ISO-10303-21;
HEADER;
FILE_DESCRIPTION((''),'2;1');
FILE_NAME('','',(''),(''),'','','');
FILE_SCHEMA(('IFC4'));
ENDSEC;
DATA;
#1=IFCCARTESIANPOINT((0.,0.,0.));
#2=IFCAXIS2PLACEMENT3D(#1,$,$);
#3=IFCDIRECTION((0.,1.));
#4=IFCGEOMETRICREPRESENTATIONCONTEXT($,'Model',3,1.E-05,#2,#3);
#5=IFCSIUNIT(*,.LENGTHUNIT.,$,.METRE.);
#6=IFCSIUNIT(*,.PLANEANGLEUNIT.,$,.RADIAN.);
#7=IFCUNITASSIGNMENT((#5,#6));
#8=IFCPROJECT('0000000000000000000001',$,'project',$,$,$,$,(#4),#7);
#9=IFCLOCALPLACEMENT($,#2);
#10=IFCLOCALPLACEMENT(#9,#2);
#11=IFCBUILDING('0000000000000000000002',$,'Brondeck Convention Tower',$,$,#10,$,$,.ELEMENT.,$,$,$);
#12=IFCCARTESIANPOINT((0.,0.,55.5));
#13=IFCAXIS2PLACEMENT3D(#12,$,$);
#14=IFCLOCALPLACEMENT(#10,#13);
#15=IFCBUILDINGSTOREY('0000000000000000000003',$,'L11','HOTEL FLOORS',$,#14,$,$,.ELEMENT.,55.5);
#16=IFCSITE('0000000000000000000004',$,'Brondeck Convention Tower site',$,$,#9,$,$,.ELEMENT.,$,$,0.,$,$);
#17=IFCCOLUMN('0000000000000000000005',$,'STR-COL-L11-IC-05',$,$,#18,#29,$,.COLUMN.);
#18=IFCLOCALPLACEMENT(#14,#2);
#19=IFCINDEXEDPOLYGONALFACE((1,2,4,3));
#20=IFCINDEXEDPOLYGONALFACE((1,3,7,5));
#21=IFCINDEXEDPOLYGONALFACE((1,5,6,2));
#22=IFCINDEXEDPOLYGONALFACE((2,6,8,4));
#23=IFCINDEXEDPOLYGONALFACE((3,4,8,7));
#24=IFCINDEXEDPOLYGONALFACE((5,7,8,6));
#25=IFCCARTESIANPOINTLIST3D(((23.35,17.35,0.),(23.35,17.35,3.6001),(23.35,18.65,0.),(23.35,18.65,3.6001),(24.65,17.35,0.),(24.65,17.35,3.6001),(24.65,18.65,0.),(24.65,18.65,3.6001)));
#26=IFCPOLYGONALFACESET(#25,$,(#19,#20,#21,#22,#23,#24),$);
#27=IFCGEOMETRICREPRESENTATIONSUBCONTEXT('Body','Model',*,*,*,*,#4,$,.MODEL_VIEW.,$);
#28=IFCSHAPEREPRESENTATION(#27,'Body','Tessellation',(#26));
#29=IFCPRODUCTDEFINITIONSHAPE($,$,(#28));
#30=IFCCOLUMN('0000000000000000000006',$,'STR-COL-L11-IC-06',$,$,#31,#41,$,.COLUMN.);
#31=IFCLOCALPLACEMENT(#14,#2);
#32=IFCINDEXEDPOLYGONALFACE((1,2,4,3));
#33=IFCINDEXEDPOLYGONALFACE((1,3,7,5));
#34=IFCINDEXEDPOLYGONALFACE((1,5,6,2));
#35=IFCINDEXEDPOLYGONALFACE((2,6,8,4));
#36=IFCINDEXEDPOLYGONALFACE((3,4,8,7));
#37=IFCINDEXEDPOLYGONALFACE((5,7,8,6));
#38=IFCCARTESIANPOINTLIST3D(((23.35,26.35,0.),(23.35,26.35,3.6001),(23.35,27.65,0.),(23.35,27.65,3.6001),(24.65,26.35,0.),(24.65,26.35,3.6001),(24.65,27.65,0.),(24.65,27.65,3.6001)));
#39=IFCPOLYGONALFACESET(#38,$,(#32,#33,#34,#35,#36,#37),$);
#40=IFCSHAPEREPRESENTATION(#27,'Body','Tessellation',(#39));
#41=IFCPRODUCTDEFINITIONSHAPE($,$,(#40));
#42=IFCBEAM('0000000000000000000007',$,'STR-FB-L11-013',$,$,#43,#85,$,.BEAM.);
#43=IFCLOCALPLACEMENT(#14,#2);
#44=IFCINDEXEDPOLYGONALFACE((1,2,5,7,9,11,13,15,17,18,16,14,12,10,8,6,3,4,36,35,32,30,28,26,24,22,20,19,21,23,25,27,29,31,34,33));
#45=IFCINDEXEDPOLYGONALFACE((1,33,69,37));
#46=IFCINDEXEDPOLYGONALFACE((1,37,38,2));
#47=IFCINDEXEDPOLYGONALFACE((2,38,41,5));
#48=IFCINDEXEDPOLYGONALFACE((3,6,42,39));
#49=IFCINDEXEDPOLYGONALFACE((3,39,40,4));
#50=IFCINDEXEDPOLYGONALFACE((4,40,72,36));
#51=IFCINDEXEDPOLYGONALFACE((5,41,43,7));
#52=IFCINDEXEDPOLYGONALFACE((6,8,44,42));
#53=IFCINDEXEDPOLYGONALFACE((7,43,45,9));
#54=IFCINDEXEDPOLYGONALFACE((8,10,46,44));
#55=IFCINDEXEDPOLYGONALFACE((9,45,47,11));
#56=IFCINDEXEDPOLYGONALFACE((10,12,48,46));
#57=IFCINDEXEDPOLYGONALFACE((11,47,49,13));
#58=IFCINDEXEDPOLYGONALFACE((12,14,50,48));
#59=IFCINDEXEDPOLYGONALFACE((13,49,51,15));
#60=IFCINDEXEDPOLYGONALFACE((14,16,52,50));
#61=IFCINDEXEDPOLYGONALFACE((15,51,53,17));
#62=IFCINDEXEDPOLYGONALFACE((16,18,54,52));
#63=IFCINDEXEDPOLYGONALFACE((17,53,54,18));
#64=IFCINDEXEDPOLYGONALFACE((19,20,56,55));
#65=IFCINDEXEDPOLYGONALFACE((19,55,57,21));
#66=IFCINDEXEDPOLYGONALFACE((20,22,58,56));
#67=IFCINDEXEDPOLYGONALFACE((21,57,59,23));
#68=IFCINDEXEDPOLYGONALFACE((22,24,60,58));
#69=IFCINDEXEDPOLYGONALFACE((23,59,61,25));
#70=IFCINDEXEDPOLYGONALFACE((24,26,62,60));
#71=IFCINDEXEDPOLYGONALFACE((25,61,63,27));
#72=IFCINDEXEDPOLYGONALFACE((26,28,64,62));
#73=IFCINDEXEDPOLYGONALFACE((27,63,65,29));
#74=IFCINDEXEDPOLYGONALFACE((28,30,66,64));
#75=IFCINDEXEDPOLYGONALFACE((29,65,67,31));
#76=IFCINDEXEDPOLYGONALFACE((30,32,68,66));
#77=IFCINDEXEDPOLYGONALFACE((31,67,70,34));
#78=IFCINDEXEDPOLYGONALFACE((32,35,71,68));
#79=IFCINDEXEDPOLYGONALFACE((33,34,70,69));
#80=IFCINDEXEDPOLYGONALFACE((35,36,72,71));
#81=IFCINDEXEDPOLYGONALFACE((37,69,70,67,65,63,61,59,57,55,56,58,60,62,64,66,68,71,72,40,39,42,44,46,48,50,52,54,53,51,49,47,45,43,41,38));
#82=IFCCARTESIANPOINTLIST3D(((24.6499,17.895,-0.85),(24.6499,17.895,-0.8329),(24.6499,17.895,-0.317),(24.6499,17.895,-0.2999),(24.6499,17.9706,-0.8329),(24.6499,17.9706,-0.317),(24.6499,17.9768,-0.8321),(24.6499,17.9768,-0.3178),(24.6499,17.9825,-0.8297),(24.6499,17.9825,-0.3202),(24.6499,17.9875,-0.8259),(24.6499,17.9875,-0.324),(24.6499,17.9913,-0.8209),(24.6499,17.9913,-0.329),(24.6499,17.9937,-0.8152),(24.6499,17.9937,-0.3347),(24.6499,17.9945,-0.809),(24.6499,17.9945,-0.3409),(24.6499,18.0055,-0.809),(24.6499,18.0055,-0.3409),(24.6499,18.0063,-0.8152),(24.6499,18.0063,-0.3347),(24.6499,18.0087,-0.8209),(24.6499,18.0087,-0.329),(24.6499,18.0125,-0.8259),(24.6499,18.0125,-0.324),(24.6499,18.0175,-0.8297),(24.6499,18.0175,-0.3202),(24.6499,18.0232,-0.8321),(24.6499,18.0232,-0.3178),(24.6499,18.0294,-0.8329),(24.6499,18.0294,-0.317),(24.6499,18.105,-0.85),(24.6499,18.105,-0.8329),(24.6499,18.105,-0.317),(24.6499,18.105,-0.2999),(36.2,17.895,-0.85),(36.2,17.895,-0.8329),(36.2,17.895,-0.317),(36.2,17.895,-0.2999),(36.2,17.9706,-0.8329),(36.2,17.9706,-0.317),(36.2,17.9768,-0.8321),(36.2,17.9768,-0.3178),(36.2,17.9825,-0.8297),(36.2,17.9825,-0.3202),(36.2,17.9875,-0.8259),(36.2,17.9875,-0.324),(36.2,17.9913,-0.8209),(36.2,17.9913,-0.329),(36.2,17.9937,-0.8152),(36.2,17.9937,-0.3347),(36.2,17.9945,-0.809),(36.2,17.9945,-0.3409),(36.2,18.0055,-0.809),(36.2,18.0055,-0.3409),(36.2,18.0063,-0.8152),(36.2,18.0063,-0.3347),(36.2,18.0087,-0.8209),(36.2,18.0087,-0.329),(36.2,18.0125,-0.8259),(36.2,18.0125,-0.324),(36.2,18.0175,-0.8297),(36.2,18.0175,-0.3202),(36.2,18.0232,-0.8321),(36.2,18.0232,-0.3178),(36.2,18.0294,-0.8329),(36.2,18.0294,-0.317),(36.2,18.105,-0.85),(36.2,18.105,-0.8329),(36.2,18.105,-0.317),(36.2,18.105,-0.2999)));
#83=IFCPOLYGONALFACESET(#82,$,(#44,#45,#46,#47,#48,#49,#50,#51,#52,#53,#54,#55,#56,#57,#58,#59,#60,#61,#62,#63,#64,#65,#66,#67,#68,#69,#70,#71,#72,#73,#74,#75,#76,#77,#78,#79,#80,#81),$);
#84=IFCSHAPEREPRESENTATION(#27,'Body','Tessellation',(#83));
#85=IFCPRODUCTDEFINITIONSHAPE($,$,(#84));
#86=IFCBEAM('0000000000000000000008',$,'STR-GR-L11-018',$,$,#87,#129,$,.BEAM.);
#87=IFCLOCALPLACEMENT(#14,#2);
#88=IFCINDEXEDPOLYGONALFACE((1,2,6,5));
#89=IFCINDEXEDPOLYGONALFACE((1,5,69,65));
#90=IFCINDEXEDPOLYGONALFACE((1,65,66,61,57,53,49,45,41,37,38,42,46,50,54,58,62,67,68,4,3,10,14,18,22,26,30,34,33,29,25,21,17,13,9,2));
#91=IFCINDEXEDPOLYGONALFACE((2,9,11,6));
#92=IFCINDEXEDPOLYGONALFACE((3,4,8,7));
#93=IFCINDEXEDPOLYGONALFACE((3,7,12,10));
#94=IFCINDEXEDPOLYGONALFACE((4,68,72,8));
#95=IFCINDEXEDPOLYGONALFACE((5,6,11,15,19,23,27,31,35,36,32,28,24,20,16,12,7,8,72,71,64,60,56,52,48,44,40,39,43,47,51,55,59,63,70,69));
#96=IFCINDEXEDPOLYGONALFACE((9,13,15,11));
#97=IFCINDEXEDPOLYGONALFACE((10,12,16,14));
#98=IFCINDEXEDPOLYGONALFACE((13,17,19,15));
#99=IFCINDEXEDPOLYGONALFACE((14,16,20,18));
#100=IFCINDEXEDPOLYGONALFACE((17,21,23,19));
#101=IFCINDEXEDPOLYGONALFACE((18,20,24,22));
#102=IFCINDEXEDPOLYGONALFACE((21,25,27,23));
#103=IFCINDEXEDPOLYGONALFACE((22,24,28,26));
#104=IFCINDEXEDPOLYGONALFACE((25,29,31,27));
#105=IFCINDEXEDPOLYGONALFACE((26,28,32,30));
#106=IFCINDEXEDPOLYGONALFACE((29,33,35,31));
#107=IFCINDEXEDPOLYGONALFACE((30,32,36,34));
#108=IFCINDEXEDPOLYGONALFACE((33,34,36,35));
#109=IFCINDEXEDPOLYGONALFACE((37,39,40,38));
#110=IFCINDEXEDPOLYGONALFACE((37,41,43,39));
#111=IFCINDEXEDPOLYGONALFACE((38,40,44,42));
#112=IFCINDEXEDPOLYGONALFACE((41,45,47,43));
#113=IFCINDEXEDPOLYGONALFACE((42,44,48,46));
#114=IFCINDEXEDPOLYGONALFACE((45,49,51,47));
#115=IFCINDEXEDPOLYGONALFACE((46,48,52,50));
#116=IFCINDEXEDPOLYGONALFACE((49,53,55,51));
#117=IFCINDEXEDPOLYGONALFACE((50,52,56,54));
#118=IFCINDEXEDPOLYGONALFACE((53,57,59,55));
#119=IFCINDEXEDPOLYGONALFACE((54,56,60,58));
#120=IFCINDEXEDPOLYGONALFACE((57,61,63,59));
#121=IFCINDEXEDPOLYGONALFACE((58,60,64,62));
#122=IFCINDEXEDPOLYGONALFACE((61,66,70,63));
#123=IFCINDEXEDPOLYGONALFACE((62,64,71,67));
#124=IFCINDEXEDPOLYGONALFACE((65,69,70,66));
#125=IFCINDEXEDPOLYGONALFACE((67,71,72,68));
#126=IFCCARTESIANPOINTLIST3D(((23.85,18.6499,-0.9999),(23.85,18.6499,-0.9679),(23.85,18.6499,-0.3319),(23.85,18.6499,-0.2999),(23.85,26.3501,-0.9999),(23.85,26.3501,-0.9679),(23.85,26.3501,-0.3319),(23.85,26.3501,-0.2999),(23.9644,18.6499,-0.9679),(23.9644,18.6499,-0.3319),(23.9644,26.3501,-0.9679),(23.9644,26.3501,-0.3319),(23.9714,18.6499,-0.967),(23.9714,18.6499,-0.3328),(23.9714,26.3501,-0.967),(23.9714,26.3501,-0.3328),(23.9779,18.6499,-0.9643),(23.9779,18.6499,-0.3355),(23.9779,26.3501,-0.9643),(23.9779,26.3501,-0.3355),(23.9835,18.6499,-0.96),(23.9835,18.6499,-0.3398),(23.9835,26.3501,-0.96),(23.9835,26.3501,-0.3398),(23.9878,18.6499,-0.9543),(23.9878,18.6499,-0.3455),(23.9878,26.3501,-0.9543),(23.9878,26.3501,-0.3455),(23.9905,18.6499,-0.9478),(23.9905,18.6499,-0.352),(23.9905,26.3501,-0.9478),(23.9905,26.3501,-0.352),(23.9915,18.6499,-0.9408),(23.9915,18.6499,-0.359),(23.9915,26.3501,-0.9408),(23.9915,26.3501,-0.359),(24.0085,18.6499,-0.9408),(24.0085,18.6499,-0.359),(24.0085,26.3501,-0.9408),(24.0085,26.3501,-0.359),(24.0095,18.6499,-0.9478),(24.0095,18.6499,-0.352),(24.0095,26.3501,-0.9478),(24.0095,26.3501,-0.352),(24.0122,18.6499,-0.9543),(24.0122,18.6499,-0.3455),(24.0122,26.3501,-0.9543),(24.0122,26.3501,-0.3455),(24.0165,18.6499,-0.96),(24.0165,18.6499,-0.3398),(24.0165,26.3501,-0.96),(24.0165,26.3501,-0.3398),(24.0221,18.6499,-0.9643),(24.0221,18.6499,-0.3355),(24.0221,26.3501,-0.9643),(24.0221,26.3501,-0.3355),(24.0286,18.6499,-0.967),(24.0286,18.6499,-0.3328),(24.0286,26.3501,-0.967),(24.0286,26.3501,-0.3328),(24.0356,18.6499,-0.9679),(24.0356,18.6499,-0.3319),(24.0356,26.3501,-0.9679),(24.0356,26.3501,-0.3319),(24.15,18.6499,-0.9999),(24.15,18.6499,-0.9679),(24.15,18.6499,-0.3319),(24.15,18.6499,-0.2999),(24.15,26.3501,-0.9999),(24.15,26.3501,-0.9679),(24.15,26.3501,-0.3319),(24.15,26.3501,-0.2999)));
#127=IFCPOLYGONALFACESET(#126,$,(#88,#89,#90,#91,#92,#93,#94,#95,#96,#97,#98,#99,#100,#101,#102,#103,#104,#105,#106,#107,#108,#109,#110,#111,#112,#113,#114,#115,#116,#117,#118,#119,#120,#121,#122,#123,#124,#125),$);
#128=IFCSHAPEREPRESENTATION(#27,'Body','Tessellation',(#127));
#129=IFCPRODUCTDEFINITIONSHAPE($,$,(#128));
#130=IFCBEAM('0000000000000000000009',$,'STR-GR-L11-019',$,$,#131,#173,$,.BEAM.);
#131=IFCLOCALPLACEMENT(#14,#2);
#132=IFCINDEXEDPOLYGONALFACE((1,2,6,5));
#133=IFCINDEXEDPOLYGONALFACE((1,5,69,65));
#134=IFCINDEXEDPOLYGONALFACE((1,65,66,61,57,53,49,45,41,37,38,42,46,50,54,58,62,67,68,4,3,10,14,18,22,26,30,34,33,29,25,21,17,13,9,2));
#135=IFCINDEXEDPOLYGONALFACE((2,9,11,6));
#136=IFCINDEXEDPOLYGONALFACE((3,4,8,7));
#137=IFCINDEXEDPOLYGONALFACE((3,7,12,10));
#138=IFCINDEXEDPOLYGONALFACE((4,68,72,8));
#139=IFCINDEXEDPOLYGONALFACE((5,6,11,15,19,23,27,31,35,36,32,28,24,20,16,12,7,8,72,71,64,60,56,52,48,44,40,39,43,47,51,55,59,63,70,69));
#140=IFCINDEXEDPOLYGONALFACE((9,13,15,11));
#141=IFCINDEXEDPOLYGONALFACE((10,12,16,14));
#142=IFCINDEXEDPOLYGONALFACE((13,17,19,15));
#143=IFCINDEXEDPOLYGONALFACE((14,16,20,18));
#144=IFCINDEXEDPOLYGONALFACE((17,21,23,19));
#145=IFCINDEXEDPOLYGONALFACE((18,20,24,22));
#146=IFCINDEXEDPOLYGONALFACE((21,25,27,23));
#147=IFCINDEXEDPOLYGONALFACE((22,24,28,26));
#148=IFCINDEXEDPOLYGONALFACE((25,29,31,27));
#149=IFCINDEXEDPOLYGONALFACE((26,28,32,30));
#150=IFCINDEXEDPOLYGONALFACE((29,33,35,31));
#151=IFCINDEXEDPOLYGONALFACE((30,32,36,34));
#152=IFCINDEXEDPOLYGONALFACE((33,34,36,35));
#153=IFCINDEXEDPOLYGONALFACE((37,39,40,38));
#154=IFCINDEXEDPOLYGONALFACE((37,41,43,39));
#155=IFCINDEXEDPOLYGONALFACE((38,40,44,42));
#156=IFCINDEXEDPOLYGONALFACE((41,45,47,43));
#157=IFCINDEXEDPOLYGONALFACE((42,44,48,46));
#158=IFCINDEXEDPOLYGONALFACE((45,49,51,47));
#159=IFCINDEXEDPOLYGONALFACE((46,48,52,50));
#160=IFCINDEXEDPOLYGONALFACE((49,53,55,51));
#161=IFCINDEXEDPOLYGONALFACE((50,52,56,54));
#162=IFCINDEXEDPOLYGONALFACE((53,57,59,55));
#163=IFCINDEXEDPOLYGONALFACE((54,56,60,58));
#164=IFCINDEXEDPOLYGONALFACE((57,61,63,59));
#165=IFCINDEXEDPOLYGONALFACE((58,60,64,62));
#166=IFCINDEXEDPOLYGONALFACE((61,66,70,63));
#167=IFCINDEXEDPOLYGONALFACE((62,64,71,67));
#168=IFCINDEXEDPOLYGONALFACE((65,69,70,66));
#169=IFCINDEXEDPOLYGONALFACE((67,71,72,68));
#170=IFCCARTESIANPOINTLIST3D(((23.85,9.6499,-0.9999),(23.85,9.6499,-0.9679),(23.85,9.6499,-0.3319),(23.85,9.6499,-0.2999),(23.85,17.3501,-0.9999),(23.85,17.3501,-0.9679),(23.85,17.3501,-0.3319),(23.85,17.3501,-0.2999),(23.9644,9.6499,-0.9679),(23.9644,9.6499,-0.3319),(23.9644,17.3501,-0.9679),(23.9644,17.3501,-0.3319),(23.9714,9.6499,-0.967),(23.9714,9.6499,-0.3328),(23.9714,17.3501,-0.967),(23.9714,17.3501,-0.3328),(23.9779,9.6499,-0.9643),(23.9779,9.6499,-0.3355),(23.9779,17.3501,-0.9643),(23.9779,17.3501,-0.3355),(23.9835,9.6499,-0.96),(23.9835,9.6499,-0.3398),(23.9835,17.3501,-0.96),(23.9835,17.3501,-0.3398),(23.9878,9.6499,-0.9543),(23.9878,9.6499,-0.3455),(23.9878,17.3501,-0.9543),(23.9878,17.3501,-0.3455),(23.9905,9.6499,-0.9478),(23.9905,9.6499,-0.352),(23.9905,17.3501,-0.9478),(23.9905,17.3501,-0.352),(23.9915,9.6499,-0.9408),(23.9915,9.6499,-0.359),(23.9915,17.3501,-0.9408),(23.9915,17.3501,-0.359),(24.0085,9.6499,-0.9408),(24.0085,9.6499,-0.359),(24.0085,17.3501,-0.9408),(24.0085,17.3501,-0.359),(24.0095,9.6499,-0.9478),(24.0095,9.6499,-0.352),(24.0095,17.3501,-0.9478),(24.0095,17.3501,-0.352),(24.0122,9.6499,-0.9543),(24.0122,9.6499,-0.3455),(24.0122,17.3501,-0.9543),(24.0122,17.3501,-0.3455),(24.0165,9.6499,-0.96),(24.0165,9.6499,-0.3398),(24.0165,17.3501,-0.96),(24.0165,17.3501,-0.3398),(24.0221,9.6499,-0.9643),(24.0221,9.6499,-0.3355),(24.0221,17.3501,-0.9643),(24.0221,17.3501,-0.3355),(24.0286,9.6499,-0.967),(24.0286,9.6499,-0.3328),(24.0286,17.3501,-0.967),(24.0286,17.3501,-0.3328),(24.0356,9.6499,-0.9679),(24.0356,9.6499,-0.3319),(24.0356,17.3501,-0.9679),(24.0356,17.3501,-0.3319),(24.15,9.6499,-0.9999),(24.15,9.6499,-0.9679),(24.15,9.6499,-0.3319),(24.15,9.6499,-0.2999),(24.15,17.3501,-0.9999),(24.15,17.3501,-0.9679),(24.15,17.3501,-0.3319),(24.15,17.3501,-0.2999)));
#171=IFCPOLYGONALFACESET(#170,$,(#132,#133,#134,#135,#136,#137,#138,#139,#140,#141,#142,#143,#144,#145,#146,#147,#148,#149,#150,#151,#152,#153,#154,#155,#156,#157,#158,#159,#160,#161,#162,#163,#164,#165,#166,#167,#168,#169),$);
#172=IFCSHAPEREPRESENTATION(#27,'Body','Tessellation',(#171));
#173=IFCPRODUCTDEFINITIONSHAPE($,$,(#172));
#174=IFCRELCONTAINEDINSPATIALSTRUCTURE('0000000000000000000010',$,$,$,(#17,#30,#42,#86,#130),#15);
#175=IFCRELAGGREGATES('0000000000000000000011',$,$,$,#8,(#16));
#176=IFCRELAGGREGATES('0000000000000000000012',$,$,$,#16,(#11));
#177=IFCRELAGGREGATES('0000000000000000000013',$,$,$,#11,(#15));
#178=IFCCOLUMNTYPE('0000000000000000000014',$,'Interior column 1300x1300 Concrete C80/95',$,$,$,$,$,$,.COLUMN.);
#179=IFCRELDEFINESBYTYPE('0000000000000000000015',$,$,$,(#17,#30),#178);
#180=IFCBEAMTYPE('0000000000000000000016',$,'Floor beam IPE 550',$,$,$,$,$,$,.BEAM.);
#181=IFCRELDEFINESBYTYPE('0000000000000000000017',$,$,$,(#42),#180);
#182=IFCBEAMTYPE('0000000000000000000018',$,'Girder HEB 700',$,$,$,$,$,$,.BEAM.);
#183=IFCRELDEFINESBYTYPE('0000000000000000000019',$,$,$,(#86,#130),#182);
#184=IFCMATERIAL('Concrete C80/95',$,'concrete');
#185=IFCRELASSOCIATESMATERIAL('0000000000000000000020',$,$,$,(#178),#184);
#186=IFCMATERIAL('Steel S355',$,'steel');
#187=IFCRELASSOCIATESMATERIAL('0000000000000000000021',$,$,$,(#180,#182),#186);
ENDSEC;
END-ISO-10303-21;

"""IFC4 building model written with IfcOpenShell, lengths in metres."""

from ifc_helpers import new_model, si_unit, direction, frame, origin, origin_2d, place, context, subcontext, project, spatial, rectangle, i_section, extrude, material, material_profile, profile_set, type_object, element, save


model = new_model("IFC4")

# Units and contexts
model_context = context("Model", 3, precision=1e-05, world=origin(), true_north=direction((0.0, 1.0)))
body_context = subcontext(model_context, "Body", "Model", "MODEL_VIEW")
ifc_project = project(units=[si_unit("LENGTHUNIT", "METRE"), si_unit("PLANEANGLEUNIT", "RADIAN")], contexts=[model_context])

# Site, building, storey
site_placement = place(None, origin())
site = spatial("IfcSite", under=ifc_project, at=site_placement, Name="Brondeck Convention Tower site", CompositionType="ELEMENT", RefElevation=0.0)
building_placement = place(site_placement, origin())
building = spatial("IfcBuilding", under=site, at=building_placement, Name="Brondeck Convention Tower", CompositionType="ELEMENT")
storey_placement = place(building_placement, frame((0.0, 0.0, 55.5)))
storey = spatial("IfcBuildingStorey", under=building, at=storey_placement, Name="L11", Description="HOTEL FLOORS", CompositionType="ELEMENT", Elevation=55.5)

# Columns
ifc_material_1 = material(Name="Concrete C80/95", Category="concrete")
ifc_material_profile_1 = material_profile(ifc_material_1, rectangle(XDim=1.3, YDim=1.3, at=origin_2d()), Name="Interior column 1300x1300 Concrete C80/95")
ifc_profile_set_1 = profile_set([ifc_material_profile_1], Name="Concrete C80/95")
column_type = type_object("IfcColumnType", Name="Interior column 1300x1300 Concrete C80/95", PredefinedType="COLUMN", material=ifc_profile_set_1)
for number, where, z_axis, x_axis, name in (
    (1, (24.0, 18.0, 0.0), (0.0, 0.0, 1.0), (1.0, 0.0, 0.0), "STR-COL-L11-IC-05"),
    (2, (24.0, 27.0, 0.0), (0.0, 0.0, 1.0), (1.0, 0.0, 0.0), "STR-COL-L11-IC-06"),
):
    element("IfcColumn", number, at=place(storey_placement, frame(where, z_axis=z_axis, x_axis=x_axis)), inside=storey, type_object=column_type, Name=name, PredefinedType="COLUMN", context=body_context, shape_type="SweptSolid", body=[
        extrude(rectangle(XDim=1.3, YDim=1.3, at=origin_2d()), origin(), (0.0, 0.0, 1.0), 3.6001),
    ])

# Beams
ifc_material_2 = material(Name="Steel S355", Category="steel")
ifc_material_profile_2 = material_profile(ifc_material_2, i_section(OverallWidth=0.21, OverallDepth=0.55, WebThickness=0.011, FlangeThickness=0.0171, FilletRadius=0.0239, at=origin_2d()), Name="IPE 550")
ifc_profile_set_2 = profile_set([ifc_material_profile_2], Name="Steel S355")
beam_type_1 = type_object("IfcBeamType", Name="Floor beam IPE 550", PredefinedType="BEAM", material=ifc_profile_set_2)
beam_1_placement = place(storey_placement, frame((24.6499, 18.0, -0.575), z_axis=(1.0, 0.0, 0.0), x_axis=(0.0, 1.0, 0.0)))
element("IfcBeam", 3, at=beam_1_placement, inside=storey, type_object=beam_type_1, Name="STR-FB-L11-013", PredefinedType="BEAM", context=body_context, shape_type="SweptSolid", body=[
    extrude(i_section(OverallWidth=0.21, OverallDepth=0.55, WebThickness=0.011, FlangeThickness=0.0171, FilletRadius=0.0239, at=origin_2d()), origin(), (0.0, 0.0, 1.0), 11.55),
])
ifc_material_profile_3 = material_profile(ifc_material_2, i_section(OverallWidth=0.3, OverallDepth=0.7, WebThickness=0.0171, FlangeThickness=0.032, FilletRadius=0.0271, at=origin_2d()), Name="HEB 700")
ifc_profile_set_3 = profile_set([ifc_material_profile_3], Name="Steel S355")
beam_type_2 = type_object("IfcBeamType", Name="Girder HEB 700", PredefinedType="BEAM", material=ifc_profile_set_3)
for number, where, z_axis, x_axis, name in (
    (4, (24.0, 26.3501, -0.6499), (0.0, -1.0, 0.0), (1.0, 0.0, 0.0), "STR-GR-L11-018"),
    (5, (24.0, 17.3501, -0.6499), (0.0, -1.0, 0.0), (1.0, 0.0, 0.0), "STR-GR-L11-019"),
):
    element("IfcBeam", number, at=place(storey_placement, frame(where, z_axis=z_axis, x_axis=x_axis)), inside=storey, type_object=beam_type_2, Name=name, PredefinedType="BEAM", context=body_context, shape_type="SweptSolid", body=[
        extrude(i_section(OverallWidth=0.3, OverallDepth=0.7, WebThickness=0.0171, FlangeThickness=0.032, FilletRadius=0.0271, at=origin_2d()), origin(), (0.0, 0.0, 1.0), 7.7002),
    ])

save(model, "model.ifc")
